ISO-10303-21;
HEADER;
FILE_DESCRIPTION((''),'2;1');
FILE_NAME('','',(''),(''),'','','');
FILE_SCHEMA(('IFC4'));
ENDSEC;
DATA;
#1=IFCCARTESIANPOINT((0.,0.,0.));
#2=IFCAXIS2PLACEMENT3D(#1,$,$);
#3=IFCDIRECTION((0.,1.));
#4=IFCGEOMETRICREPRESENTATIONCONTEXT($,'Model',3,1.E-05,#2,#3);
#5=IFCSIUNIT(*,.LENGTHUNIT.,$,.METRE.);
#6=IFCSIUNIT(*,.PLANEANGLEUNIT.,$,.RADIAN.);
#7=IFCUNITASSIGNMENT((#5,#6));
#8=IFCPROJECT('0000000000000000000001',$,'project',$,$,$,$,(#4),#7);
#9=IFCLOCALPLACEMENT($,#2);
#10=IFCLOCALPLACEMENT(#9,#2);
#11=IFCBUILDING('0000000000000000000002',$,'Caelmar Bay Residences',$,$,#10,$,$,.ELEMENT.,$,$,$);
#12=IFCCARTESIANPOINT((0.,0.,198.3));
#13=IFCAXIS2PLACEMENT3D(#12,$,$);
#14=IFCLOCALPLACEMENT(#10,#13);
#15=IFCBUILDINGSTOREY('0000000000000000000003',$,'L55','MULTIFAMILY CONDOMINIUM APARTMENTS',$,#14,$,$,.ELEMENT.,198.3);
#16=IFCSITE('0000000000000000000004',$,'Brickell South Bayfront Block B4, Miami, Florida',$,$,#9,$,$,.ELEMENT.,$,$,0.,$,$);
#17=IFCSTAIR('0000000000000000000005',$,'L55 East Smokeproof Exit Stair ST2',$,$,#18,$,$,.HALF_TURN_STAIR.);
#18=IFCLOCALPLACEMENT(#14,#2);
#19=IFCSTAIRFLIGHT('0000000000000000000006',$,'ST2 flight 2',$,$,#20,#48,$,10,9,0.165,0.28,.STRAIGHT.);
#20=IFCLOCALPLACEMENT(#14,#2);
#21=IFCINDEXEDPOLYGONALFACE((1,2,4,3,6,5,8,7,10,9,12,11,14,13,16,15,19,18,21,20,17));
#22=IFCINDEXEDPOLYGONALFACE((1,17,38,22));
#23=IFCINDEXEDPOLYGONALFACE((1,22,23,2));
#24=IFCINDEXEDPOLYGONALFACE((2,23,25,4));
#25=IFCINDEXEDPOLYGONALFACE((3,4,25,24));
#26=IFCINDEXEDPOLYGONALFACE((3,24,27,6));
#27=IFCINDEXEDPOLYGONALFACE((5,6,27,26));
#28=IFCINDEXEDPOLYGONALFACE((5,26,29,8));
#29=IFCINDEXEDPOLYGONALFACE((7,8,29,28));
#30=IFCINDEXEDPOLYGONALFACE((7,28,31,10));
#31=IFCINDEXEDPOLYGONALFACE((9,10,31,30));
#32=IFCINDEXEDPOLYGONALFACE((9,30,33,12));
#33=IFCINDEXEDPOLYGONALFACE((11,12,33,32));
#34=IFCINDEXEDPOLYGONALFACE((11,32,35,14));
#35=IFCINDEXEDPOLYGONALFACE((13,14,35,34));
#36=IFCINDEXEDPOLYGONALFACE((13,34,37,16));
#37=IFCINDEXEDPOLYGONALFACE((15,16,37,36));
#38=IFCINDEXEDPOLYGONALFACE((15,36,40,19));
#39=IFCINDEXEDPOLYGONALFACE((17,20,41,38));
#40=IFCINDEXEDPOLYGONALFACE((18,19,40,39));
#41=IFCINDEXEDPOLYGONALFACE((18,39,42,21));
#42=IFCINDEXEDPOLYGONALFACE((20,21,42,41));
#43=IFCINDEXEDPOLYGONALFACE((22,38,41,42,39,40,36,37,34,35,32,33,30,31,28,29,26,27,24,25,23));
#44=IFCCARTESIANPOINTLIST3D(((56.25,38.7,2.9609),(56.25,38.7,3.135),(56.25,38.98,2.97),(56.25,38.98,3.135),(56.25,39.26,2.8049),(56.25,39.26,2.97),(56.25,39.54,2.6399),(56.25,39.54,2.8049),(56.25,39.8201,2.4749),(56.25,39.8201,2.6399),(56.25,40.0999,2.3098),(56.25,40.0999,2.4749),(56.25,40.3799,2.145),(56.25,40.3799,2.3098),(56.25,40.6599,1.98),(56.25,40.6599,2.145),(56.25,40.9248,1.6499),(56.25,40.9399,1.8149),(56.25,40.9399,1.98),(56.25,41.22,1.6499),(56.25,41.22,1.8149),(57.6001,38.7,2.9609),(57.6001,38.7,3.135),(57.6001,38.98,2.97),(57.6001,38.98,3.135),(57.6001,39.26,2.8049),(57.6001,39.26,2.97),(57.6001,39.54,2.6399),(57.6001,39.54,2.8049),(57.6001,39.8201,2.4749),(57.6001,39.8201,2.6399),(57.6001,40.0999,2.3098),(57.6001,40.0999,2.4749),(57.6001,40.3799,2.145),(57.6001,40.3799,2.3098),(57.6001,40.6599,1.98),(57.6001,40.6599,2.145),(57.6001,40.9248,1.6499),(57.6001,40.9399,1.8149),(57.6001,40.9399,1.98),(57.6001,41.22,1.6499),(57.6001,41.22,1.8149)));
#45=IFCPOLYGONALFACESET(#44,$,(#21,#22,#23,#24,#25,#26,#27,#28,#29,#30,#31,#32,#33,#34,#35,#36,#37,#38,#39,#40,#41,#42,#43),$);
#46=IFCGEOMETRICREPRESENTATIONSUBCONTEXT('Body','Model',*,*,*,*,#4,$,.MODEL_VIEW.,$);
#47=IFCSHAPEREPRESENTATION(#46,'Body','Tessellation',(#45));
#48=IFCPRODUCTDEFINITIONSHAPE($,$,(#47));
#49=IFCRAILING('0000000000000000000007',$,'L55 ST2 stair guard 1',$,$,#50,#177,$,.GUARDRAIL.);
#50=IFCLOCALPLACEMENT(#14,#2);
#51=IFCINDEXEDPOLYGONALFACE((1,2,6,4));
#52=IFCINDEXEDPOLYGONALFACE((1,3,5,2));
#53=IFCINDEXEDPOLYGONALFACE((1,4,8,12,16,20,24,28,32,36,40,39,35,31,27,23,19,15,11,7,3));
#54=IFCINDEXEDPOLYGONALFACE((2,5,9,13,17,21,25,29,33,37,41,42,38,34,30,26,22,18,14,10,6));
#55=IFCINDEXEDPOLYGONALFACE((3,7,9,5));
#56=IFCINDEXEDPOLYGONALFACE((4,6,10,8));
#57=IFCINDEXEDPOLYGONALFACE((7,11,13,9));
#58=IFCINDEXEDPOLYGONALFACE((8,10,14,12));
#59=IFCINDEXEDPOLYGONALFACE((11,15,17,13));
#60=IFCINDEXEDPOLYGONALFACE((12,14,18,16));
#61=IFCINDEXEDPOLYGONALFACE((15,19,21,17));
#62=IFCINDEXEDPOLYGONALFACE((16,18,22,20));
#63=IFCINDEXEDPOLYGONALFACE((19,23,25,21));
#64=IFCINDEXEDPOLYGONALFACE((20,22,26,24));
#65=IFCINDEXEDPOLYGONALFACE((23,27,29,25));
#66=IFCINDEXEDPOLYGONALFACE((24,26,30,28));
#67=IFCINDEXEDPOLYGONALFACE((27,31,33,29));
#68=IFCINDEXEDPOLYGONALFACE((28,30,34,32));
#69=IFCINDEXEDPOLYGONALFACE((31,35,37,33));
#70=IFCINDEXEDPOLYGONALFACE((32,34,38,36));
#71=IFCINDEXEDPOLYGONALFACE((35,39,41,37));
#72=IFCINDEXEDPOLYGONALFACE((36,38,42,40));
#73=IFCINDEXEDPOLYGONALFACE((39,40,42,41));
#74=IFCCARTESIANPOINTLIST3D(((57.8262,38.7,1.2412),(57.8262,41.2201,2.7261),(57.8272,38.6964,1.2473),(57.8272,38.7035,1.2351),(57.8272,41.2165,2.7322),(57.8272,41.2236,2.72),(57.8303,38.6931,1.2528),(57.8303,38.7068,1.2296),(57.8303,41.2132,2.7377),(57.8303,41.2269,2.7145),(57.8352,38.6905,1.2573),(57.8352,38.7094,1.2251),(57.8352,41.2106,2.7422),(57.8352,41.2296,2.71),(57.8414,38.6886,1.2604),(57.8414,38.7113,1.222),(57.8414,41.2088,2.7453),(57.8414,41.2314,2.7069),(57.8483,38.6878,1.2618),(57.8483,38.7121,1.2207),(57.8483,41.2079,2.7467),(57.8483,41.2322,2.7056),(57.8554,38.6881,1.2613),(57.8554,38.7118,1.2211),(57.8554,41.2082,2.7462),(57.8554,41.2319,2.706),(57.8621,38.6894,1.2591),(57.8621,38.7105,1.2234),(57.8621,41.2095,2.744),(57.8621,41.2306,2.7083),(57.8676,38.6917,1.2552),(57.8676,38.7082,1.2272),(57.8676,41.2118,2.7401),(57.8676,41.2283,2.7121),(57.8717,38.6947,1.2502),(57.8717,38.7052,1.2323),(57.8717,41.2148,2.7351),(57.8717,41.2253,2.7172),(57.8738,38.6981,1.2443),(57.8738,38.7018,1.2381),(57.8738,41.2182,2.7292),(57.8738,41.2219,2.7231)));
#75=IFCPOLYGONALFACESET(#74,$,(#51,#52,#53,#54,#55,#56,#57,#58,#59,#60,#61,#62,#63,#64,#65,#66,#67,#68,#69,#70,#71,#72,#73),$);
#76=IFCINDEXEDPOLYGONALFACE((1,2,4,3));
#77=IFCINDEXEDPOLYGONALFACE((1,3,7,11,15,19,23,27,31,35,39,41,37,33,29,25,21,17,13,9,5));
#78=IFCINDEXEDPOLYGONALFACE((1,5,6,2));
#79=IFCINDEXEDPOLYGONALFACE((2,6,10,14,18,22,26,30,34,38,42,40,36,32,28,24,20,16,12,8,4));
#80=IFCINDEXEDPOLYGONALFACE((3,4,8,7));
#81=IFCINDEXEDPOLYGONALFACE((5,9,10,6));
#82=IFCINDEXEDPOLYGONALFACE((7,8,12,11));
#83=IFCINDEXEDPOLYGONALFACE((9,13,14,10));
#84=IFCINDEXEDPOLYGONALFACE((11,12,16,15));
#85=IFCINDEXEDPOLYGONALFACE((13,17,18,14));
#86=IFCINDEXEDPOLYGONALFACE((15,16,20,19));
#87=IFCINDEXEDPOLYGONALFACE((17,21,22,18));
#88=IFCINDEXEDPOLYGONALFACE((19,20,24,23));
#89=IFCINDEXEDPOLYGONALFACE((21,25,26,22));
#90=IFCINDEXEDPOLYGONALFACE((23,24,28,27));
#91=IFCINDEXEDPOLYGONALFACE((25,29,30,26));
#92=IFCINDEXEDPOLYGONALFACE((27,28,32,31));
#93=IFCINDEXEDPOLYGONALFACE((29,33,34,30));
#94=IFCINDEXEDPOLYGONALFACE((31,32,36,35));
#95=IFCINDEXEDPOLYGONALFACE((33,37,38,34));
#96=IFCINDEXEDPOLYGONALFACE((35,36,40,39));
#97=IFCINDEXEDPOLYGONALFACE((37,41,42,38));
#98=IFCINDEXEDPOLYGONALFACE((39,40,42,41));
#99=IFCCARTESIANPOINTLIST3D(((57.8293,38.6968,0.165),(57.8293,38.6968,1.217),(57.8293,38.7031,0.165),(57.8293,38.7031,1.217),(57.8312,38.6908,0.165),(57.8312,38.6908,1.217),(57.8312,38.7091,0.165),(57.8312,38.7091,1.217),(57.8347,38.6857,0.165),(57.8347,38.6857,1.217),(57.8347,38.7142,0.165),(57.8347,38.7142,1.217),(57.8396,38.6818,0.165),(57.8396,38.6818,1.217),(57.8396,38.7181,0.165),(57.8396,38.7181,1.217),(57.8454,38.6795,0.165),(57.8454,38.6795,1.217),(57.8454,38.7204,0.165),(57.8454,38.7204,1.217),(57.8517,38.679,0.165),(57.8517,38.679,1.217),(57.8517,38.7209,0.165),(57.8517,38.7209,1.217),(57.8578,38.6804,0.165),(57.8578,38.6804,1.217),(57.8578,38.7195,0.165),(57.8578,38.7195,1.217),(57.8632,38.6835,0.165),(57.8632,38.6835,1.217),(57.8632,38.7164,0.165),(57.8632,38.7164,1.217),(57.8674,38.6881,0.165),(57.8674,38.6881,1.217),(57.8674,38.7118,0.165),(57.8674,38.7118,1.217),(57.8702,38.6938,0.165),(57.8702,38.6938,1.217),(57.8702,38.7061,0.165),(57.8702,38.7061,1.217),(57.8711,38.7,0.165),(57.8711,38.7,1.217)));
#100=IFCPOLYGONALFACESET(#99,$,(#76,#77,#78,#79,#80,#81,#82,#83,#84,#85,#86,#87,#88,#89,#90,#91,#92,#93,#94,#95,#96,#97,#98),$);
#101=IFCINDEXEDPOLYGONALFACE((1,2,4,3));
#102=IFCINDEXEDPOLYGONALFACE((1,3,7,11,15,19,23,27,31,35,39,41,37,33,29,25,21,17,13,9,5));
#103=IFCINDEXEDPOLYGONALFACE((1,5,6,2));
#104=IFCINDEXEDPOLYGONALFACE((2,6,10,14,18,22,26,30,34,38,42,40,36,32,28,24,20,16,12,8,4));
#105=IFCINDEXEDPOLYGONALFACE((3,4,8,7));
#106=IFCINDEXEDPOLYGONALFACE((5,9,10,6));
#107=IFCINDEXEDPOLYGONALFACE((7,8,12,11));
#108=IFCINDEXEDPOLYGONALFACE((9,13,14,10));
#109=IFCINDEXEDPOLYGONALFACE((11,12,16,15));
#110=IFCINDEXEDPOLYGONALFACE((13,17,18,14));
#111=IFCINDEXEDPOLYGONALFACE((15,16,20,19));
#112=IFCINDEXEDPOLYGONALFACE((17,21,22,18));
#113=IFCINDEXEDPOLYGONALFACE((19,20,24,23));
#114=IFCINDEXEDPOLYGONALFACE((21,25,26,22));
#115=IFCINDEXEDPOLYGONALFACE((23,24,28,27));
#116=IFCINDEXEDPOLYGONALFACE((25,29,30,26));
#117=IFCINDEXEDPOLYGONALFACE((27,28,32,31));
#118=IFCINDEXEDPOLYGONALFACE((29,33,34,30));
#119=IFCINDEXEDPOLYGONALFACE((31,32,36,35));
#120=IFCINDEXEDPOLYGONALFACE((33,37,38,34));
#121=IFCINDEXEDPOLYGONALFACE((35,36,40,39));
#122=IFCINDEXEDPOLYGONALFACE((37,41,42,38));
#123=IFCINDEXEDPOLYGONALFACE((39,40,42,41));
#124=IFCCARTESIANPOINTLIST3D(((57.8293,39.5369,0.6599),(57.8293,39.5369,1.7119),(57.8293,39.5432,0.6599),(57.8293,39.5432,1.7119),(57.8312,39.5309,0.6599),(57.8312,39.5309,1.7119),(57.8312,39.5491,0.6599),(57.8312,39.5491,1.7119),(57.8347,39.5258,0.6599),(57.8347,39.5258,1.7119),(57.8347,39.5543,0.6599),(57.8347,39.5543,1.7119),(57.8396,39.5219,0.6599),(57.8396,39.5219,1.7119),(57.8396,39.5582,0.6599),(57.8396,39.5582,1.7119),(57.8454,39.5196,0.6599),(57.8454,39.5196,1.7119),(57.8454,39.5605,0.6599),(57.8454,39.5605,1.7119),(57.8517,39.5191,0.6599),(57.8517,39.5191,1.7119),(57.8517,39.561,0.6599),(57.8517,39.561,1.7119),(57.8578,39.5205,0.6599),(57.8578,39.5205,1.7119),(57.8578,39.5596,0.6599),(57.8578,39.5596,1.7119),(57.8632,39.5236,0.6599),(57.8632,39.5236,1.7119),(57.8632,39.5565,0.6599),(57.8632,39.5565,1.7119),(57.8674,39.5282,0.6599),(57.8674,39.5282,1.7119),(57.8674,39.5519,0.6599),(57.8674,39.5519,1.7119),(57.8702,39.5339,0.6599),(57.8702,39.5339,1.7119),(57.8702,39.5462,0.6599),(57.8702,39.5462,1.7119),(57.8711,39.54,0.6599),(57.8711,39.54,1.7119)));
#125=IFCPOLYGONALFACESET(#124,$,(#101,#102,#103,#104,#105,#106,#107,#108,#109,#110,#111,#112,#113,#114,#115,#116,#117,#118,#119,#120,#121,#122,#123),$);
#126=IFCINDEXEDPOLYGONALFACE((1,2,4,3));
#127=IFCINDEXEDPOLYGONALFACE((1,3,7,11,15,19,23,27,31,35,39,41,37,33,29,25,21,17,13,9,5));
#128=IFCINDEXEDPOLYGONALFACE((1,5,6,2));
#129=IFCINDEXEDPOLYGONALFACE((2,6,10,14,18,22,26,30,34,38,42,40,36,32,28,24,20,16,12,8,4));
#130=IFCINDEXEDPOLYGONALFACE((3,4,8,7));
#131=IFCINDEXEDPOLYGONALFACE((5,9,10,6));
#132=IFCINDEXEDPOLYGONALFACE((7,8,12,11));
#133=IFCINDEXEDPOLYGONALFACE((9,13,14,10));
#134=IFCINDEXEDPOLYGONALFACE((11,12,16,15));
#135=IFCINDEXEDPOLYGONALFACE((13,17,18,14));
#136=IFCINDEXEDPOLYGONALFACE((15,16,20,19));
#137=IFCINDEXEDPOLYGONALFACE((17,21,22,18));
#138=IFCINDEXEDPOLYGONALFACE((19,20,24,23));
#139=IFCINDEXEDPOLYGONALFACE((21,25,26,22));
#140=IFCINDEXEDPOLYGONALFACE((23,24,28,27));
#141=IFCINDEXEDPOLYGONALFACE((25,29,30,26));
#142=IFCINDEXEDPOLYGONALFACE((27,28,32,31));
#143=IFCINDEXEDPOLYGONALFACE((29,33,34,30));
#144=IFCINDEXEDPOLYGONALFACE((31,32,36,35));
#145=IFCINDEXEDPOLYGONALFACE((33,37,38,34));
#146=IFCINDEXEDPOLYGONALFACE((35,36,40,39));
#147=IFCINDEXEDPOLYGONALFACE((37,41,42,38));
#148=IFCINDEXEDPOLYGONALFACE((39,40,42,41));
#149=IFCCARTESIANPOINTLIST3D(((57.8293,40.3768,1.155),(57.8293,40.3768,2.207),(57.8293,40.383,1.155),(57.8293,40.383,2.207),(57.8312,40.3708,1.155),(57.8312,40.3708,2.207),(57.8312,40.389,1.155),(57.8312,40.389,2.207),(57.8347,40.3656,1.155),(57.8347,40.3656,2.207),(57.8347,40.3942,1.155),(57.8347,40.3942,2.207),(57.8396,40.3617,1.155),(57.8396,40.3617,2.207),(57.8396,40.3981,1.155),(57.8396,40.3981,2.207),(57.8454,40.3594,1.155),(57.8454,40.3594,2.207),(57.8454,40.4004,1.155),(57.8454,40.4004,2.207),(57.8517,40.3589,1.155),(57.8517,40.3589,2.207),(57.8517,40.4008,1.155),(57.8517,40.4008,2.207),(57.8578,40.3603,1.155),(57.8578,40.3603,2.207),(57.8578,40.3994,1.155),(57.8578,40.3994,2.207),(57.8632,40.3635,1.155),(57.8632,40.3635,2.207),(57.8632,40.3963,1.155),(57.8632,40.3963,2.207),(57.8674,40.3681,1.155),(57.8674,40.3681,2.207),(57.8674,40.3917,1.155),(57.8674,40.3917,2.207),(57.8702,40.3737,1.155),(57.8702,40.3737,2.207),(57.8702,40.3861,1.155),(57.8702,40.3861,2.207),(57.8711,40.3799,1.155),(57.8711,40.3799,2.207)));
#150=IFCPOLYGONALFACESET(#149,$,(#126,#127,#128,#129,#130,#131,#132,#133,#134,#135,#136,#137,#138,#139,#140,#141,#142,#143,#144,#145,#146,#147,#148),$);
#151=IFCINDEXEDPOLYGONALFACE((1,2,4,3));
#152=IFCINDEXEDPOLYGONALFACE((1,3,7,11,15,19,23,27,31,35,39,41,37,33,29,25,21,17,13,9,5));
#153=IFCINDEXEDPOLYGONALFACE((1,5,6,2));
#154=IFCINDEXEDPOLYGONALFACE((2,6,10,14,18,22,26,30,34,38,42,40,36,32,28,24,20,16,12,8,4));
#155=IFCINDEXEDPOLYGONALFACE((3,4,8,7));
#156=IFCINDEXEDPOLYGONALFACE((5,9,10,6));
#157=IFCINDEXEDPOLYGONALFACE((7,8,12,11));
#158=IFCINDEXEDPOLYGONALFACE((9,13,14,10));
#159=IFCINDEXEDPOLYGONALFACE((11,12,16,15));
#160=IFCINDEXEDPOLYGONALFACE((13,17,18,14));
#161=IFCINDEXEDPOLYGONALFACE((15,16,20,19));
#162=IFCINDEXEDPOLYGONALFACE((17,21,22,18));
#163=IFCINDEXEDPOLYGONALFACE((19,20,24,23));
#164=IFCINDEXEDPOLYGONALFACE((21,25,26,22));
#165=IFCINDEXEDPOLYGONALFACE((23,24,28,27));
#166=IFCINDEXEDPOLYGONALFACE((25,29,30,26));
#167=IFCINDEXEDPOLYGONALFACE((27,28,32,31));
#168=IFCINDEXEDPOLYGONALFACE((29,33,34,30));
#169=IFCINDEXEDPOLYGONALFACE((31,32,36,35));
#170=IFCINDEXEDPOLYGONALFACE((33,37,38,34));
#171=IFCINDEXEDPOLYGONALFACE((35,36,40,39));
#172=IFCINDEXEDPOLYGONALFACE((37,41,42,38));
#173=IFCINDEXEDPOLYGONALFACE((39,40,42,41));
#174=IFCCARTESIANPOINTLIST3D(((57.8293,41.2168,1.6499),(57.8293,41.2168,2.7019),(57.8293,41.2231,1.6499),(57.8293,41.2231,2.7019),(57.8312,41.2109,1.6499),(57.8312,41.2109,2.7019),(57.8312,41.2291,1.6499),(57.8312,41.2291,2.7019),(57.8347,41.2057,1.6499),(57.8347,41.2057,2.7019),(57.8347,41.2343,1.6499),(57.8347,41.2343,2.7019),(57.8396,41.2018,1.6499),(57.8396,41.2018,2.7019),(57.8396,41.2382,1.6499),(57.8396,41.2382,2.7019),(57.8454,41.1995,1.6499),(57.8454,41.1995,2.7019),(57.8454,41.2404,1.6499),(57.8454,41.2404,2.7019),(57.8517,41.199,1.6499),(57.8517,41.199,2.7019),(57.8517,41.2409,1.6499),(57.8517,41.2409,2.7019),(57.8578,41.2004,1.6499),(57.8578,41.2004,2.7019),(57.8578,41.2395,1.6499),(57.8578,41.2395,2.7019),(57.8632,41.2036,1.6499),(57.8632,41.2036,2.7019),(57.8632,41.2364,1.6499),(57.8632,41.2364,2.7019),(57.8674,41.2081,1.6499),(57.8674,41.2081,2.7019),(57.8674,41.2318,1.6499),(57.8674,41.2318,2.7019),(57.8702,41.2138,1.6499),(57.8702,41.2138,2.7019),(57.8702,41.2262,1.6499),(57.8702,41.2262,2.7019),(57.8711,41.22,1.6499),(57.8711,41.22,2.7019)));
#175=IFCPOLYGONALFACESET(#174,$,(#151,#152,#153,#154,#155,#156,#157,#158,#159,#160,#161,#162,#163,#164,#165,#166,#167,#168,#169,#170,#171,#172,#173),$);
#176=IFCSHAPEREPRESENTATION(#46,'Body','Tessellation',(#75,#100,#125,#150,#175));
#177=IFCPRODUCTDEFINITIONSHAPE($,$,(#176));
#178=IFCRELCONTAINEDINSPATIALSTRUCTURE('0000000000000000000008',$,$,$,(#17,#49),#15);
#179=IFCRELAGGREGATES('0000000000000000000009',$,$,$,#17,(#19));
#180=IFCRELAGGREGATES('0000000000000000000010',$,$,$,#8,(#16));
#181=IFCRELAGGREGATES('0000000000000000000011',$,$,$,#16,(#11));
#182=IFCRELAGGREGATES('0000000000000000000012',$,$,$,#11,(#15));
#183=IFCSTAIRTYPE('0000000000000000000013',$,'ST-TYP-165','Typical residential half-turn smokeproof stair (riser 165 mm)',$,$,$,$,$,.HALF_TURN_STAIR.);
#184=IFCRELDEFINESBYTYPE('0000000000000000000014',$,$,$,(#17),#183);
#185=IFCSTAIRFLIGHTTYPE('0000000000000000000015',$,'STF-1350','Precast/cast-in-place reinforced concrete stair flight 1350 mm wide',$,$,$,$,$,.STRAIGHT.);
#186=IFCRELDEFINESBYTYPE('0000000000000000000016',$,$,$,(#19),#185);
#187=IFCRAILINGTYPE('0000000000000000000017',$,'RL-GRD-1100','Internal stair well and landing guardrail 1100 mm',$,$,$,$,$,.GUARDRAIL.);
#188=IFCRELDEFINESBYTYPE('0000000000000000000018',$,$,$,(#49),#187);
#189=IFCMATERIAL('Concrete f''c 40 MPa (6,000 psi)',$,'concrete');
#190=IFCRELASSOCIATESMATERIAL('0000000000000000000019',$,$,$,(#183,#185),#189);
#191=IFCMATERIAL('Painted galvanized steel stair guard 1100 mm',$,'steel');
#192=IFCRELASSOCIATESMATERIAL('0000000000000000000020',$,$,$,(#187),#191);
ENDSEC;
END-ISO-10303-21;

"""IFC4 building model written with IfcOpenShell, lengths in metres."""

from ifc_helpers import new_model, si_unit, direction, frame, origin, origin_2d, place, context, subcontext, project, spatial, polyline, circle, outline, extrude, material, type_object, element, aggregate, save


model = new_model("IFC4")

# Units and contexts
model_context = context("Model", 3, precision=1e-05, world=origin(), true_north=direction((0.0, 1.0)))
body_context = subcontext(model_context, "Body", "Model", "MODEL_VIEW")
ifc_project = project(units=[si_unit("LENGTHUNIT", "METRE"), si_unit("PLANEANGLEUNIT", "RADIAN")], contexts=[model_context])

# Site, building, storey
site_placement = place(None, origin())
site = spatial("IfcSite", under=ifc_project, at=site_placement, Name="Brickell South Bayfront Block B4, Miami, Florida", CompositionType="ELEMENT", RefElevation=0.0)
building_placement = place(site_placement, origin())
building = spatial("IfcBuilding", under=site, at=building_placement, Name="Caelmar Bay Residences", CompositionType="ELEMENT")
storey_placement = place(building_placement, frame((0.0, 0.0, 198.3)))
storey = spatial("IfcBuildingStorey", under=building, at=storey_placement, Name="L55", Description="MULTIFAMILY CONDOMINIUM APARTMENTS", CompositionType="ELEMENT", Elevation=198.3)

# Stair, stair flight
ifc_material_1 = material(Name="Concrete f'c 40 MPa (6,000 psi)", Category="concrete")
stair_type = type_object("IfcStairType", Name="ST-TYP-165", Description="Typical residential half-turn smokeproof stair (riser 165 mm)", PredefinedType="HALF_TURN_STAIR", material=ifc_material_1)
stair_placement = place(storey_placement, origin())
stair = element("IfcStair", 1, at=stair_placement, inside=storey, type_object=stair_type, Name="L55 East Smokeproof Exit Stair ST2", PredefinedType="HALF_TURN_STAIR")
stair_flight_type = type_object("IfcStairFlightType", Name="STF-1350", Description="Precast/cast-in-place reinforced concrete stair flight 1350 mm wide", PredefinedType="STRAIGHT", material=ifc_material_1)
stair_flight_1_placement = place(storey_placement, frame((56.925, 41.22, 1.6499), z_axis=(0.0, 0.0, 1.0), x_axis=(0.0, -1.0, 0.0)))
stair_flight_1 = element("IfcStairFlight", 2, at=stair_flight_1_placement, type_object=stair_flight_type, Name="ST2 flight 2", NumberOfRisers=10, NumberOfTreads=9, PredefinedType="STRAIGHT", RiserHeight=0.165, TreadLength=0.28, context=body_context, shape_type="SweptSolid", body=[
    extrude(outline(polyline([(0.0, 0.0), (0.0, 0.165), (0.28, 0.165), (0.28, 0.3301), (0.5601, 0.3301), (0.5601, 0.4951), (0.8401, 0.4951), (0.8401, 0.6599), (1.1201, 0.6599), (1.1201, 0.825), (1.3999, 0.825), (1.3999, 0.99), (1.6799, 0.99), (1.6799, 1.155), (1.96, 1.155), (1.96, 1.3201), (2.24, 1.3201), (2.24, 1.4851), (2.52, 1.4851), (2.52, 1.6499), (2.52, 1.311), (0.2952, 0.0), (0.0, 0.0)])), frame((0.0, 0.675, 0.0), z_axis=(0.0, -1.0, 0.0), x_axis=(1.0, 0.0, 0.0)), (0.0, 0.0, 1.0), 1.3501),
])
aggregate(stair, [stair_flight_1])

# Railing
ifc_material_2 = material(Name="Painted galvanized steel stair guard 1100 mm", Category="steel")
railing_type_1 = type_object("IfcRailingType", Name="RL-GRD-1100", Description="Internal stair well and landing guardrail 1100 mm", PredefinedType="GUARDRAIL", material=ifc_material_2)
railing_1_placement = place(storey_placement, frame((57.8501, 38.7, 0.165)))
element("IfcRailing", 3, at=railing_1_placement, inside=storey, type_object=railing_type_1, Name="L55 ST2 stair guard 1", PredefinedType="GUARDRAIL", context=body_context, shape_type="SweptSolid", body=[
    extrude(circle(Radius=0.0239, at=origin_2d()), frame((0.0, 0.0, 1.0762), z_axis=(0.0, 0.861561, 0.507655), x_axis=(-1.0, 0.0, 0.0)), (0.0, 0.0, 1.0), 2.925),
    extrude(circle(Radius=0.021, at=origin_2d()), origin(), (0.0, 0.0, 1.0), 1.052),
    extrude(circle(Radius=0.021, at=origin_2d()), frame((0.0, 0.8401, 0.4949)), (0.0, 0.0, 1.0), 1.052),
    extrude(circle(Radius=0.021, at=origin_2d()), frame((0.0, 1.6799, 0.99)), (0.0, 0.0, 1.0), 1.052),
    extrude(circle(Radius=0.021, at=origin_2d()), frame((0.0, 2.52, 1.4849)), (0.0, 0.0, 1.0), 1.052),
])

save(model, "model.ifc")
